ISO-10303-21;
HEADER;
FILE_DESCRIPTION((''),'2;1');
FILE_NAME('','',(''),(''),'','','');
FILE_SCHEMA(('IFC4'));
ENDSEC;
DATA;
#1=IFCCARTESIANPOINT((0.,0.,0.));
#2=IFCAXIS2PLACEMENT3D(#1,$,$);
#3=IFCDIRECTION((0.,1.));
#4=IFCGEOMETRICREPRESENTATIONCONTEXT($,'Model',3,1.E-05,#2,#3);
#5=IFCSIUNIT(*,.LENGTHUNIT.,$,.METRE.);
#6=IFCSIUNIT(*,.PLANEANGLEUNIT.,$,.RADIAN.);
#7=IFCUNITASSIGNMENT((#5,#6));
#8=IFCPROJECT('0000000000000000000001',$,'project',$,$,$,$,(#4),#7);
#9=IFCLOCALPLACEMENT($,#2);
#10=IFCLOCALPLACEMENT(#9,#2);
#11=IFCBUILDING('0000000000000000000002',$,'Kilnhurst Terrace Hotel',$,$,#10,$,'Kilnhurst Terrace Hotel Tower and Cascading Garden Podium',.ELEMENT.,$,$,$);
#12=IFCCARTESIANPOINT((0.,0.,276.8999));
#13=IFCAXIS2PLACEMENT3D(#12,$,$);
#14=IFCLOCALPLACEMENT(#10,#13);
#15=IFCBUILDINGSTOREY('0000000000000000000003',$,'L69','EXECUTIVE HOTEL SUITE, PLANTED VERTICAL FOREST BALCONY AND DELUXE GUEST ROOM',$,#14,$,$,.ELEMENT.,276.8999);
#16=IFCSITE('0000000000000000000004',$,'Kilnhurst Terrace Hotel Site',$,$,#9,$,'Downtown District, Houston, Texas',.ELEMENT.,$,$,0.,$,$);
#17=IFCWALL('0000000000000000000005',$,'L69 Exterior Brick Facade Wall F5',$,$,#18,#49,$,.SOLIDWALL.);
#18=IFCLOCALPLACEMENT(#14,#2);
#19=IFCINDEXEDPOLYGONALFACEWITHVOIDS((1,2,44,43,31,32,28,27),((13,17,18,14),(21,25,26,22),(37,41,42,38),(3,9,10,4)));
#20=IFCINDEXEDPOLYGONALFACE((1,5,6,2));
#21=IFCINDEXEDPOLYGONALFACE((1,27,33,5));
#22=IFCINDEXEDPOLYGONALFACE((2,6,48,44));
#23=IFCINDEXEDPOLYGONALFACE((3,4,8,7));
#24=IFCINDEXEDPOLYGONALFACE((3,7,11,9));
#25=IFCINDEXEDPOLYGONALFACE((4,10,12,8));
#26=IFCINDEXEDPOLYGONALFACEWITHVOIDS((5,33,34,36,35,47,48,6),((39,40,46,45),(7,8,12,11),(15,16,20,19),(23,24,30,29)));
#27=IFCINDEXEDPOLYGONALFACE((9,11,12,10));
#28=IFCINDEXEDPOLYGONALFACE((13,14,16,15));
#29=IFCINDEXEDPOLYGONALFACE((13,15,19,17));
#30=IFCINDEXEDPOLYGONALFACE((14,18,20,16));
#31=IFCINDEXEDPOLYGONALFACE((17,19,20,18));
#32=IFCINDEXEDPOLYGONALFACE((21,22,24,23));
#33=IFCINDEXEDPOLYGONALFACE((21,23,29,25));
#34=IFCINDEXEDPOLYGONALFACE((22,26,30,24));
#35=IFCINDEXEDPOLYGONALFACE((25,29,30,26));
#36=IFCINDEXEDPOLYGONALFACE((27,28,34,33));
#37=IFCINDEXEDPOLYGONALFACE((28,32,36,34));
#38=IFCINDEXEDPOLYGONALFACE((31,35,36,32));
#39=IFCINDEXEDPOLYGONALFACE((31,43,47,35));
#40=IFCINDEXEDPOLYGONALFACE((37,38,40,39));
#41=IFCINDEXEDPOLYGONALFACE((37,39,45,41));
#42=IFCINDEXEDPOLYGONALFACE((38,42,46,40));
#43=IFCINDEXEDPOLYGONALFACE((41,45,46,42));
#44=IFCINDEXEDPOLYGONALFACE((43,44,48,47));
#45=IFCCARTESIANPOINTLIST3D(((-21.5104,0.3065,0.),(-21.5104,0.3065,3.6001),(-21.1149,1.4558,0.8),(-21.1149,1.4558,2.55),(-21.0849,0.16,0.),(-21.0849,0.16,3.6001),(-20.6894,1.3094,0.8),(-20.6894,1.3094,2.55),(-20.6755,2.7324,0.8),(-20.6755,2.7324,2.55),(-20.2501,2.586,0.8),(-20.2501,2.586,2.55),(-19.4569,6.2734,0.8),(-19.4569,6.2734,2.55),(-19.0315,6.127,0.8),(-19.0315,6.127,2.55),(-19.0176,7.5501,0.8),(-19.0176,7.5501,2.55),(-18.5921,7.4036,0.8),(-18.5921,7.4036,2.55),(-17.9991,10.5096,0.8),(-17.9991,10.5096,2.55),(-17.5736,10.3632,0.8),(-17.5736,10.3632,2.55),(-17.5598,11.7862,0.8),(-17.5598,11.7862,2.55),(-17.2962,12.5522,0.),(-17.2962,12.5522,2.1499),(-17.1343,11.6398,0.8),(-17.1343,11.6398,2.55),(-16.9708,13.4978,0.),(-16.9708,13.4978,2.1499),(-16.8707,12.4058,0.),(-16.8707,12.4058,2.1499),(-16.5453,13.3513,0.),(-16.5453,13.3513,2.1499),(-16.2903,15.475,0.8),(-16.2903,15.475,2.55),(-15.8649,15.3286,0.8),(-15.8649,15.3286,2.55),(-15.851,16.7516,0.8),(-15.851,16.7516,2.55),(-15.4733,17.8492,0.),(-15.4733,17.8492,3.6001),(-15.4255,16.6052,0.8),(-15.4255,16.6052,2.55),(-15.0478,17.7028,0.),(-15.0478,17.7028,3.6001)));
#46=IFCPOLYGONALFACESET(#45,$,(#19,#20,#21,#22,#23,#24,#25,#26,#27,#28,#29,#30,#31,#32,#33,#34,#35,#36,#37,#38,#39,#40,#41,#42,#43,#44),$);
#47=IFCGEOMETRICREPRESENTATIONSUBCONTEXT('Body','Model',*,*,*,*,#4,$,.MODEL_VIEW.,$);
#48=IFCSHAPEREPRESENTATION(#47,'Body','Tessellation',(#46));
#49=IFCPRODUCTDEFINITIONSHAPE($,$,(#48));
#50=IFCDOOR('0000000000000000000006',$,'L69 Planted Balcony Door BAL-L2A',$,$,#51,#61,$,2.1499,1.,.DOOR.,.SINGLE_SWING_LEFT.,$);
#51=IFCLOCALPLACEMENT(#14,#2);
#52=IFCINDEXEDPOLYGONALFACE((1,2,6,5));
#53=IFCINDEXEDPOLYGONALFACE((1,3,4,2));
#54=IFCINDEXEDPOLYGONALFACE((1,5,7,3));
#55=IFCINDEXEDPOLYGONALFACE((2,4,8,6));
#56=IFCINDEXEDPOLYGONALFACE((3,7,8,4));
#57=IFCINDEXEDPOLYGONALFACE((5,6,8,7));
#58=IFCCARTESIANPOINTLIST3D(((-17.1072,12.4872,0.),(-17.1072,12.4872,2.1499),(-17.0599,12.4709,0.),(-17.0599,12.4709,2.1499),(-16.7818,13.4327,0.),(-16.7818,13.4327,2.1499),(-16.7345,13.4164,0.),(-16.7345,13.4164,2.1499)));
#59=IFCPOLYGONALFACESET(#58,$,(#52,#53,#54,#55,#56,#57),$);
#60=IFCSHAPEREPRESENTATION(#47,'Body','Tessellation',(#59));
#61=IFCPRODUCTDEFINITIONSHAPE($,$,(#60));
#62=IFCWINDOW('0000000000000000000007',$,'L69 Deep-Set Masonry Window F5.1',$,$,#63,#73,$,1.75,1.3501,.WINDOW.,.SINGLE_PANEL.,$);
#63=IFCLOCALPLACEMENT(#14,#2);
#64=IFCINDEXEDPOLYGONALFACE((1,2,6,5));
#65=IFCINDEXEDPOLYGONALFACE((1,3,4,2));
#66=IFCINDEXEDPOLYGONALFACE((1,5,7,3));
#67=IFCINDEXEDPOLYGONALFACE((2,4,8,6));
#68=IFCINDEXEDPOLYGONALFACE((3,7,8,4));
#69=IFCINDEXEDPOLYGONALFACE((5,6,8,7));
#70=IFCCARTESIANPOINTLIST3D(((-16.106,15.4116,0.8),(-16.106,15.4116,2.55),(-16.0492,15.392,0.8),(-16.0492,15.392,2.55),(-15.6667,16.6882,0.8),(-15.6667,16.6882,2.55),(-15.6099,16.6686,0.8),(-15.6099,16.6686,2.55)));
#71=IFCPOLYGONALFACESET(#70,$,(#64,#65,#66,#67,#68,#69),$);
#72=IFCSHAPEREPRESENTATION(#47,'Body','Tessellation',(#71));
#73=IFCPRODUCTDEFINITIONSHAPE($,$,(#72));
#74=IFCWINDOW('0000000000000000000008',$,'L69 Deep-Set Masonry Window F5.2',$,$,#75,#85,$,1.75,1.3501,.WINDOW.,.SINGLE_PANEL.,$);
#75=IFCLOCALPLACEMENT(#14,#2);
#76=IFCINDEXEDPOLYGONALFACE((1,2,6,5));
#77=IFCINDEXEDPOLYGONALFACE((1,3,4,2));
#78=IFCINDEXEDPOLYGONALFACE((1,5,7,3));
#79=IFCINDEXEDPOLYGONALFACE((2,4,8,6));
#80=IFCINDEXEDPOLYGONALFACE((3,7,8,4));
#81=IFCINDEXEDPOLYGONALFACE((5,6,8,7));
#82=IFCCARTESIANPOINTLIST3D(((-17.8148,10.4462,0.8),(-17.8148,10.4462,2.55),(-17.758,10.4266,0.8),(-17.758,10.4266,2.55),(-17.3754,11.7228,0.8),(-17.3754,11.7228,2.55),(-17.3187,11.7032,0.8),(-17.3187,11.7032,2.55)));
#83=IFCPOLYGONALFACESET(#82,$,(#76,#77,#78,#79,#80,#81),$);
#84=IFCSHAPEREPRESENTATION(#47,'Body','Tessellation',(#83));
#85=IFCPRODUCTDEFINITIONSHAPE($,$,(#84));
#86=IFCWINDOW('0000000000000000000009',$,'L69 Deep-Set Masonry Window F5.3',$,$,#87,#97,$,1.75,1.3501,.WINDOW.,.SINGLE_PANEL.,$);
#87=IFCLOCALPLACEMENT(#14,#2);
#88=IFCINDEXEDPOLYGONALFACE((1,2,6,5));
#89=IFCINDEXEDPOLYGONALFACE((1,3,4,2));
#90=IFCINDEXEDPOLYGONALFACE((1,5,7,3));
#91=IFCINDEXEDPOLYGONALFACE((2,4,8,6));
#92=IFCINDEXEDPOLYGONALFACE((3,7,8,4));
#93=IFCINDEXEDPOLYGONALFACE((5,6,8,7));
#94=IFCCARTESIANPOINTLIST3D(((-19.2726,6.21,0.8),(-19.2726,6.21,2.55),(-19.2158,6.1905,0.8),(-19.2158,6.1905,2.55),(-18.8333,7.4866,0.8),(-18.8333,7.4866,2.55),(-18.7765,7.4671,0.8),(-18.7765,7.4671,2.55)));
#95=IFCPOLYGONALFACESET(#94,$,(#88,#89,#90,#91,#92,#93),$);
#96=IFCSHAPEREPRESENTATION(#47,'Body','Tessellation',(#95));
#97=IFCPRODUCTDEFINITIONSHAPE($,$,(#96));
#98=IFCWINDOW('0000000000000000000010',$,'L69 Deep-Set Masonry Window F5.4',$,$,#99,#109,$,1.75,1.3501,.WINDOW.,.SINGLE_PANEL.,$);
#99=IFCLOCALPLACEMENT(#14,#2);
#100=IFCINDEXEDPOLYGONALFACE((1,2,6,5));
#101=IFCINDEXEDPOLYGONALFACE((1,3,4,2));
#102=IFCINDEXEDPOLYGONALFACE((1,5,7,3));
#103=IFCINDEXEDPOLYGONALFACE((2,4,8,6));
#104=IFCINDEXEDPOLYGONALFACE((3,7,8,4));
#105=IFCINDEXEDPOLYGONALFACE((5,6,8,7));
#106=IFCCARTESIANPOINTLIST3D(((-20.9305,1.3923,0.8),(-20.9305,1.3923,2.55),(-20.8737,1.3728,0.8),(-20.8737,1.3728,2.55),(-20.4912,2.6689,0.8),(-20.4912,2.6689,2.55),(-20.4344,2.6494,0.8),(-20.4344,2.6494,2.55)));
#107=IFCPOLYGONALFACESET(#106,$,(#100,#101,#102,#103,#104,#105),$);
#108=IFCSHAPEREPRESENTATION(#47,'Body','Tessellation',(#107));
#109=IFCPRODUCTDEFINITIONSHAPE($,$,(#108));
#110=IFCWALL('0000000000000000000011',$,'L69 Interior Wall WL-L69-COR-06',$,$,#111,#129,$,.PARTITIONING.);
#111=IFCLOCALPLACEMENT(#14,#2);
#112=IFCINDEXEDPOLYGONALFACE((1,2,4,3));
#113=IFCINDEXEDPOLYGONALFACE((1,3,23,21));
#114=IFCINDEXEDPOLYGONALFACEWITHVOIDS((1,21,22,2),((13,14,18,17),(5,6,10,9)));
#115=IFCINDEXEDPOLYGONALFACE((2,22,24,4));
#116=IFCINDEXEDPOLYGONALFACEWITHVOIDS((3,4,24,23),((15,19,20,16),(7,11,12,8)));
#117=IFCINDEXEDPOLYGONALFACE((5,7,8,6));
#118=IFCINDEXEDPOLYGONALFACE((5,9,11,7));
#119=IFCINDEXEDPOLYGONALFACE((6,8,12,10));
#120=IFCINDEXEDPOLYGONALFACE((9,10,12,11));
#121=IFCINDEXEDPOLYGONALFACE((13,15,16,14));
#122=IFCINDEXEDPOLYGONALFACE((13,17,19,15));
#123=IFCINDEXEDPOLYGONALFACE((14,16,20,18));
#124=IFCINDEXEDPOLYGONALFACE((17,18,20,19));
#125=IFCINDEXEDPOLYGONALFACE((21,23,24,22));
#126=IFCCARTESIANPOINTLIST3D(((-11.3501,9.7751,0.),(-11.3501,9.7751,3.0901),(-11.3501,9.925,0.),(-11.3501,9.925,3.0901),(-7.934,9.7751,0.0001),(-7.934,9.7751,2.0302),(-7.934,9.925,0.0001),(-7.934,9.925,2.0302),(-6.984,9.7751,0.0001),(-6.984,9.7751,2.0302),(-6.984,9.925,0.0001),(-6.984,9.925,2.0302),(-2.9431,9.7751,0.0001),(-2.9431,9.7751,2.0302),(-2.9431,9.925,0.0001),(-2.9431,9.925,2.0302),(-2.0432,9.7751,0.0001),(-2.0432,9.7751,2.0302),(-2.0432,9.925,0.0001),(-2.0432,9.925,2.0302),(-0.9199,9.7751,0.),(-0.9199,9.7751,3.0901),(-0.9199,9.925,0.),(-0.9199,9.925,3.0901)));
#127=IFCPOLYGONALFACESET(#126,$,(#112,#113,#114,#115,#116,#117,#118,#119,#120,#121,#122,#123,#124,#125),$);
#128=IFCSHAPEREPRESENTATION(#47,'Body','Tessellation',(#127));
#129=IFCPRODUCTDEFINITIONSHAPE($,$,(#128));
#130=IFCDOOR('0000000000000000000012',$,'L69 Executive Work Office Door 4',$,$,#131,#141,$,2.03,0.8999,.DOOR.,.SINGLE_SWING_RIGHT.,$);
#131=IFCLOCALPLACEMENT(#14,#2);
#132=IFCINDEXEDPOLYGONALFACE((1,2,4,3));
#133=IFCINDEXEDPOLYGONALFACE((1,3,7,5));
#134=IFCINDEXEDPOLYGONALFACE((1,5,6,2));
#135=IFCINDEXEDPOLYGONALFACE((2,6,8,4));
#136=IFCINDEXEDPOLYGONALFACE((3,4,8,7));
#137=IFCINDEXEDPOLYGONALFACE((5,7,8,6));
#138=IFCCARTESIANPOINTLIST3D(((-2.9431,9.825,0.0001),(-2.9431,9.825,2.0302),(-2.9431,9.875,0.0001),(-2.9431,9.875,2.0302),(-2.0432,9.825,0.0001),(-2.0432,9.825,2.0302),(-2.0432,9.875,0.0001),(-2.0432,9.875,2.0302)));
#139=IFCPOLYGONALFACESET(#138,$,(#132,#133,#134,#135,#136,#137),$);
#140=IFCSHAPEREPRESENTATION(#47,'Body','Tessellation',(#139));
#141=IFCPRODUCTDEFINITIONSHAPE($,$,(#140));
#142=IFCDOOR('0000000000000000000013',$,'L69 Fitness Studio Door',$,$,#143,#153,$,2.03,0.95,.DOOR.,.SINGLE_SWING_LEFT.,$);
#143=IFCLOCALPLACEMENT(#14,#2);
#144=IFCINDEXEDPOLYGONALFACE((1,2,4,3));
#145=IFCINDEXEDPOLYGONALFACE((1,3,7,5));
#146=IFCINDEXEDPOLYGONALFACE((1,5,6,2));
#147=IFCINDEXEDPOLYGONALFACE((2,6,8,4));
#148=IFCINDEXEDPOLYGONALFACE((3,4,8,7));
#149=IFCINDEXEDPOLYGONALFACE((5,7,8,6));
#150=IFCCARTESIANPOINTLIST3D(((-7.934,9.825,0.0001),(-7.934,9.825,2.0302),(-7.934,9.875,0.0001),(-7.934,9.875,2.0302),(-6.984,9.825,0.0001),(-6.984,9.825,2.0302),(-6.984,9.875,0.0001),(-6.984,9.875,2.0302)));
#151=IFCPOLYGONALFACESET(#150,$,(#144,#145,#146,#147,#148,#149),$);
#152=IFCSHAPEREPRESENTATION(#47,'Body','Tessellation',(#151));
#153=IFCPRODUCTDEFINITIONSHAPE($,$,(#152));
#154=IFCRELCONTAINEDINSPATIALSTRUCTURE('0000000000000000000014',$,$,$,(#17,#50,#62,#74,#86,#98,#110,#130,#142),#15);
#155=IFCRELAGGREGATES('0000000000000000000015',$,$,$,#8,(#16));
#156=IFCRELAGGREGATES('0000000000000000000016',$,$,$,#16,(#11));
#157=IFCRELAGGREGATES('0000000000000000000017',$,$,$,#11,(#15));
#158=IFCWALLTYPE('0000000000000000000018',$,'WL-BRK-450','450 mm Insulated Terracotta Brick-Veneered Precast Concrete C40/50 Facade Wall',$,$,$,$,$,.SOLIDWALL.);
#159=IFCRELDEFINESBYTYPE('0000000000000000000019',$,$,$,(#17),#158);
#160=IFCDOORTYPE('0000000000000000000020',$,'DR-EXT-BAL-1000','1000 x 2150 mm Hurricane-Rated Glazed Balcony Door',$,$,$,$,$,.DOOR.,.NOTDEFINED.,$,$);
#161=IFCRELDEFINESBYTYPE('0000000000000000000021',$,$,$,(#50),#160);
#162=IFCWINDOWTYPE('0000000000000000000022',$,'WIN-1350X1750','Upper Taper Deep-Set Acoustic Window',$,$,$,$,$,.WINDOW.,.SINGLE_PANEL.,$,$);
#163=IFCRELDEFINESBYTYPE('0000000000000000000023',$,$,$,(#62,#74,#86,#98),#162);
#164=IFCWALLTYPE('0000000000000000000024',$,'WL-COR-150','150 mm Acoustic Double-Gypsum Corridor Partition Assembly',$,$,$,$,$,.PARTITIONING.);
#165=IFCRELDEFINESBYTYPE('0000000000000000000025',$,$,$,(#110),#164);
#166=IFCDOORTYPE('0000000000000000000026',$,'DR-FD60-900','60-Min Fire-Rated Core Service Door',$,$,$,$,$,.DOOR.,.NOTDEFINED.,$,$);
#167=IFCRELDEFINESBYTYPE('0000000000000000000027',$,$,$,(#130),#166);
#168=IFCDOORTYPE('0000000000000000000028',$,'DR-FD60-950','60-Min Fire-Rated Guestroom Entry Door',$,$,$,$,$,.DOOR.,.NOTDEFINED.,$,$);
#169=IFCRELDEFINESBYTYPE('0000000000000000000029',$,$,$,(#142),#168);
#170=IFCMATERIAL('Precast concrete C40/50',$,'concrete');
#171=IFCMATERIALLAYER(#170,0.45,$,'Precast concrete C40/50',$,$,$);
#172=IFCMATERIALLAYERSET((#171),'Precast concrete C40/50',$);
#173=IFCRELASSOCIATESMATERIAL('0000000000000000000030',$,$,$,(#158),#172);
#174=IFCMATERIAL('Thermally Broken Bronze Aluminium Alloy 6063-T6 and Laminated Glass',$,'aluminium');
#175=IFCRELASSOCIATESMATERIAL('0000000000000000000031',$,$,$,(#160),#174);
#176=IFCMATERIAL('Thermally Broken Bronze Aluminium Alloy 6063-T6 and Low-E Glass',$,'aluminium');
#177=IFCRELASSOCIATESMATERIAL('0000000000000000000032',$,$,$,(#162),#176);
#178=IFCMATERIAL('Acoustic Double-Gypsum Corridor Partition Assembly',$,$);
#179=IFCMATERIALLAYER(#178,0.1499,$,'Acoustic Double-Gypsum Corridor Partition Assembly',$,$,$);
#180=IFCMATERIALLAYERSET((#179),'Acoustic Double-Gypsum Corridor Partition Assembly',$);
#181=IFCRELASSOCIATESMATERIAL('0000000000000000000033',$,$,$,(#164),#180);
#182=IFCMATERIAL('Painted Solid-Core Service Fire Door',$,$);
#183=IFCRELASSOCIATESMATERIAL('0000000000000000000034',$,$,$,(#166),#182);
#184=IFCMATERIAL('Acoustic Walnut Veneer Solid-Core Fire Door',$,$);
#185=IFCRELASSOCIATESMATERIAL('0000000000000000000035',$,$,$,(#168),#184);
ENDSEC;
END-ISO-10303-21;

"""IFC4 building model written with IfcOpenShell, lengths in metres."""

from ifc_helpers import new_model, si_unit, direction, frame, frame_2d, origin, place, context, subcontext, project, spatial, rectangle, extrude, material, layer, layer_set, type_object, element, fill, save


model = new_model("IFC4")

# Units and contexts
model_context = context("Model", 3, precision=1e-05, world=origin(), true_north=direction((0.0, 1.0)))
body_context = subcontext(model_context, "Body", "Model", "MODEL_VIEW")
ifc_project = project(units=[si_unit("LENGTHUNIT", "METRE"), si_unit("PLANEANGLEUNIT", "RADIAN")], contexts=[model_context])

# Site, building, storey
site_placement = place(None, origin())
site = spatial("IfcSite", under=ifc_project, at=site_placement, Name="Kilnhurst Terrace Hotel Site", LongName="Downtown District, Houston, Texas", CompositionType="ELEMENT", RefElevation=0.0)
building_placement = place(site_placement, origin())
building = spatial("IfcBuilding", under=site, at=building_placement, Name="Kilnhurst Terrace Hotel", LongName="Kilnhurst Terrace Hotel Tower and Cascading Garden Podium", CompositionType="ELEMENT")
storey_placement = place(building_placement, frame((0.0, 0.0, 276.8999)))
storey = spatial("IfcBuildingStorey", under=building, at=storey_placement, Name="L69", Description="EXECUTIVE HOTEL SUITE, PLANTED VERTICAL FOREST BALCONY AND DELUXE GUEST ROOM", CompositionType="ELEMENT", Elevation=276.8999)

# Shared definitions
ifc_material_1 = material(Name="Precast concrete C40/50", Category="concrete")
ifc_layer_1 = layer(ifc_material_1, 0.45, Name="Precast concrete C40/50")
ifc_layer_set_1 = layer_set([ifc_layer_1], Name="Precast concrete C40/50")
wall_type_1 = type_object("IfcWallType", Name="WL-BRK-450", Description="450 mm Insulated Terracotta Brick-Veneered Precast Concrete C40/50 Facade Wall", PredefinedType="SOLIDWALL", material=ifc_layer_set_1)

# Wall, openings, door, windows
wall_1_placement = place(storey_placement, frame((-15.2605, 17.7761, 0.0), z_axis=(0.0, 0.0, 1.0), x_axis=(-0.325407, -0.945574, 0.0)))
wall_1 = element("IfcWall", 1, at=wall_1_placement, inside=storey, type_object=wall_type_1, Name="L69 Exterior Brick Facade Wall F5", PredefinedType="SOLIDWALL", context=body_context, shape_type="SweptSolid", body=[
    extrude(rectangle(XDim=18.5525, YDim=0.45, at=frame_2d((9.2764, 0.0))), origin(), (0.0, 0.0, 1.0), 3.6001),
])
opening_1_placement = place(wall_1_placement, frame((4.6021, 0.0, 0.0)))
opening_1 = element("IfcOpeningElement", 2, at=opening_1_placement, cuts=wall_1, PredefinedType="OPENING", context=body_context, shape_type="SweptSolid", body=[
    extrude(rectangle(XDim=1.0, YDim=2.1499, at=frame_2d((0.5, 1.075))), frame((0.0, 0.2349, 0.0), z_axis=(0.0, -1.0, 0.0), x_axis=(1.0, 0.0, 0.0)), (0.0, 0.0, 1.0), 0.47),
])
opening_2_placement = place(wall_1_placement, frame((1.1609, 0.0, 0.8)))
opening_2 = element("IfcOpeningElement", 3, at=opening_2_placement, cuts=wall_1, PredefinedType="OPENING", context=body_context, shape_type="SweptSolid", body=[
    extrude(rectangle(XDim=1.3501, YDim=1.75, at=frame_2d((0.675, 0.875))), frame((0.0, 0.2349, 0.0), z_axis=(0.0, -1.0, 0.0), x_axis=(1.0, 0.0, 0.0)), (0.0, 0.0, 1.0), 0.47),
])
opening_3_placement = place(wall_1_placement, frame((6.4121, 0.0, 0.8)))
opening_3 = element("IfcOpeningElement", 4, at=opening_3_placement, cuts=wall_1, PredefinedType="OPENING", context=body_context, shape_type="SweptSolid", body=[
    extrude(rectangle(XDim=1.3501, YDim=1.75, at=frame_2d((0.675, 0.875))), frame((0.0, 0.2349, 0.0), z_axis=(0.0, -1.0, 0.0), x_axis=(1.0, 0.0, 0.0)), (0.0, 0.0, 1.0), 0.47),
])
opening_4_placement = place(wall_1_placement, frame((10.8921, 0.0, 0.8)))
opening_4 = element("IfcOpeningElement", 5, at=opening_4_placement, cuts=wall_1, PredefinedType="OPENING", context=body_context, shape_type="SweptSolid", body=[
    extrude(rectangle(XDim=1.3501, YDim=1.75, at=frame_2d((0.675, 0.875))), frame((0.0, 0.2349, 0.0), z_axis=(0.0, -1.0, 0.0), x_axis=(1.0, 0.0, 0.0)), (0.0, 0.0, 1.0), 0.47),
])
opening_5_placement = place(wall_1_placement, frame((15.9871, 0.0, 0.8)))
opening_5 = element("IfcOpeningElement", 6, at=opening_5_placement, cuts=wall_1, PredefinedType="OPENING", context=body_context, shape_type="SweptSolid", body=[
    extrude(rectangle(XDim=1.3501, YDim=1.75, at=frame_2d((0.675, 0.875))), frame((0.0, 0.2349, 0.0), z_axis=(0.0, -1.0, 0.0), x_axis=(1.0, 0.0, 0.0)), (0.0, 0.0, 1.0), 0.47),
])
ifc_material_2 = material(Name="Thermally Broken Bronze Aluminium Alloy 6063-T6 and Laminated Glass", Category="aluminium")
door_type_1 = type_object("IfcDoorType", Name="DR-EXT-BAL-1000", Description="1000 x 2150 mm Hurricane-Rated Glazed Balcony Door", OperationType="NOTDEFINED", PredefinedType="DOOR", material=ifc_material_2)
door_1_placement = place(opening_1_placement, origin())
door_1 = element("IfcDoor", 7, at=door_1_placement, inside=storey, type_object=door_type_1, Name="L69 Planted Balcony Door BAL-L2A", OperationType="SINGLE_SWING_LEFT", OverallHeight=2.1499, OverallWidth=1.0, PredefinedType="DOOR", context=body_context, shape_type="SweptSolid", body=[
    extrude(rectangle(XDim=1.0, YDim=2.1499, at=frame_2d((0.5, 1.075))), frame((0.0, 0.0249, 0.0), z_axis=(0.0, -1.0, 0.0), x_axis=(1.0, 0.0, 0.0)), (0.0, 0.0, 1.0), 0.05),
])
fill(opening_1, door_1)
ifc_material_3 = material(Name="Thermally Broken Bronze Aluminium Alloy 6063-T6 and Low-E Glass", Category="aluminium")
window_type = type_object("IfcWindowType", Name="WIN-1350X1750", Description="Upper Taper Deep-Set Acoustic Window", PartitioningType="SINGLE_PANEL", PredefinedType="WINDOW", material=ifc_material_3)
window_1_placement = place(opening_2_placement, origin())
window_1 = element("IfcWindow", 8, at=window_1_placement, inside=storey, type_object=window_type, Name="L69 Deep-Set Masonry Window F5.1", OverallHeight=1.75, OverallWidth=1.3501, PartitioningType="SINGLE_PANEL", PredefinedType="WINDOW", context=body_context, shape_type="SweptSolid", body=[
    extrude(rectangle(XDim=1.3501, YDim=1.75, at=frame_2d((0.675, 0.875))), frame((0.0, 0.03, 0.0), z_axis=(0.0, -1.0, 0.0), x_axis=(1.0, 0.0, 0.0)), (0.0, 0.0, 1.0), 0.0601),
])
fill(opening_2, window_1)
window_2_placement = place(opening_3_placement, origin())
window_2 = element("IfcWindow", 9, at=window_2_placement, inside=storey, type_object=window_type, Name="L69 Deep-Set Masonry Window F5.2", OverallHeight=1.75, OverallWidth=1.3501, PartitioningType="SINGLE_PANEL", PredefinedType="WINDOW", context=body_context, shape_type="SweptSolid", body=[
    extrude(rectangle(XDim=1.3501, YDim=1.75, at=frame_2d((0.675, 0.875))), frame((0.0, 0.03, 0.0), z_axis=(0.0, -1.0, 0.0), x_axis=(1.0, 0.0, 0.0)), (0.0, 0.0, 1.0), 0.0601),
])
fill(opening_3, window_2)
window_3_placement = place(opening_4_placement, origin())
window_3 = element("IfcWindow", 10, at=window_3_placement, inside=storey, type_object=window_type, Name="L69 Deep-Set Masonry Window F5.3", OverallHeight=1.75, OverallWidth=1.3501, PartitioningType="SINGLE_PANEL", PredefinedType="WINDOW", context=body_context, shape_type="SweptSolid", body=[
    extrude(rectangle(XDim=1.3501, YDim=1.75, at=frame_2d((0.675, 0.875))), frame((0.0, 0.03, 0.0), z_axis=(0.0, -1.0, 0.0), x_axis=(1.0, 0.0, 0.0)), (0.0, 0.0, 1.0), 0.0601),
])
fill(opening_4, window_3)
window_4_placement = place(opening_5_placement, origin())
window_4 = element("IfcWindow", 11, at=window_4_placement, inside=storey, type_object=window_type, Name="L69 Deep-Set Masonry Window F5.4", OverallHeight=1.75, OverallWidth=1.3501, PartitioningType="SINGLE_PANEL", PredefinedType="WINDOW", context=body_context, shape_type="SweptSolid", body=[
    extrude(rectangle(XDim=1.3501, YDim=1.75, at=frame_2d((0.675, 0.875))), frame((0.0, 0.03, 0.0), z_axis=(0.0, -1.0, 0.0), x_axis=(1.0, 0.0, 0.0)), (0.0, 0.0, 1.0), 0.0601),
])
fill(opening_5, window_4)

# Wall, openings, doors
ifc_material_4 = material(Name="Acoustic Double-Gypsum Corridor Partition Assembly")
ifc_layer_2 = layer(ifc_material_4, 0.1499, Name="Acoustic Double-Gypsum Corridor Partition Assembly")
ifc_layer_set_2 = layer_set([ifc_layer_2], Name="Acoustic Double-Gypsum Corridor Partition Assembly")
wall_type_2 = type_object("IfcWallType", Name="WL-COR-150", Description="150 mm Acoustic Double-Gypsum Corridor Partition Assembly", PredefinedType="PARTITIONING", material=ifc_layer_set_2)
wall_2_placement = place(storey_placement, frame((-11.3501, 9.8501, 0.0), z_axis=(0.0, 0.0, 1.0), x_axis=(1.0, 0.0, 0.0)))
wall_2 = element("IfcWall", 12, at=wall_2_placement, inside=storey, type_object=wall_type_2, Name="L69 Interior Wall WL-L69-COR-06", PredefinedType="PARTITIONING", context=body_context, shape_type="SweptSolid", body=[
    extrude(rectangle(XDim=10.4302, YDim=0.1499, at=frame_2d((5.2151, 0.0))), origin(), (0.0, 0.0, 1.0), 3.0901),
])
opening_6_placement = place(wall_2_placement, frame((8.407, 0.0, 0.0)))
opening_6 = element("IfcOpeningElement", 13, at=opening_6_placement, cuts=wall_2, PredefinedType="OPENING", context=body_context, shape_type="SweptSolid", body=[
    extrude(rectangle(XDim=0.8999, YDim=2.03, at=frame_2d((0.45, 1.0151))), frame((0.0, 0.085, 0.0), z_axis=(0.0, -1.0, 0.0), x_axis=(1.0, 0.0, 0.0)), (0.0, 0.0, 1.0), 0.1699),
])
opening_7_placement = place(wall_2_placement, frame((3.416, 0.0, 0.0)))
opening_7 = element("IfcOpeningElement", 14, at=opening_7_placement, cuts=wall_2, PredefinedType="OPENING", context=body_context, shape_type="SweptSolid", body=[
    extrude(rectangle(XDim=0.95, YDim=2.03, at=frame_2d((0.4751, 1.0151))), frame((0.0, 0.085, 0.0), z_axis=(0.0, -1.0, 0.0), x_axis=(1.0, 0.0, 0.0)), (0.0, 0.0, 1.0), 0.1699),
])
ifc_material_5 = material(Name="Painted Solid-Core Service Fire Door")
door_type_2 = type_object("IfcDoorType", Name="DR-FD60-900", Description="60-Min Fire-Rated Core Service Door", OperationType="NOTDEFINED", PredefinedType="DOOR", material=ifc_material_5)
door_2_placement = place(opening_6_placement, origin())
door_2 = element("IfcDoor", 15, at=door_2_placement, inside=storey, type_object=door_type_2, Name="L69 Executive Work Office Door 4", OperationType="SINGLE_SWING_RIGHT", OverallHeight=2.03, OverallWidth=0.8999, PredefinedType="DOOR", context=body_context, shape_type="SweptSolid", body=[
    extrude(rectangle(XDim=0.8999, YDim=2.03, at=frame_2d((0.45, 1.0151))), frame((0.0, 0.0249, 0.0), z_axis=(0.0, -1.0, 0.0), x_axis=(1.0, 0.0, 0.0)), (0.0, 0.0, 1.0), 0.05),
])
fill(opening_6, door_2)
ifc_material_6 = material(Name="Acoustic Walnut Veneer Solid-Core Fire Door")
door_type_3 = type_object("IfcDoorType", Name="DR-FD60-950", Description="60-Min Fire-Rated Guestroom Entry Door", OperationType="NOTDEFINED", PredefinedType="DOOR", material=ifc_material_6)
door_3_placement = place(opening_7_placement, origin())
door_3 = element("IfcDoor", 16, at=door_3_placement, inside=storey, type_object=door_type_3, Name="L69 Fitness Studio Door", OperationType="SINGLE_SWING_LEFT", OverallHeight=2.03, OverallWidth=0.95, PredefinedType="DOOR", context=body_context, shape_type="SweptSolid", body=[
    extrude(rectangle(XDim=0.95, YDim=2.03, at=frame_2d((0.4751, 1.0151))), frame((0.0, 0.0249, 0.0), z_axis=(0.0, -1.0, 0.0), x_axis=(1.0, 0.0, 0.0)), (0.0, 0.0, 1.0), 0.05),
])
fill(opening_7, door_3)

save(model, "model.ifc")
